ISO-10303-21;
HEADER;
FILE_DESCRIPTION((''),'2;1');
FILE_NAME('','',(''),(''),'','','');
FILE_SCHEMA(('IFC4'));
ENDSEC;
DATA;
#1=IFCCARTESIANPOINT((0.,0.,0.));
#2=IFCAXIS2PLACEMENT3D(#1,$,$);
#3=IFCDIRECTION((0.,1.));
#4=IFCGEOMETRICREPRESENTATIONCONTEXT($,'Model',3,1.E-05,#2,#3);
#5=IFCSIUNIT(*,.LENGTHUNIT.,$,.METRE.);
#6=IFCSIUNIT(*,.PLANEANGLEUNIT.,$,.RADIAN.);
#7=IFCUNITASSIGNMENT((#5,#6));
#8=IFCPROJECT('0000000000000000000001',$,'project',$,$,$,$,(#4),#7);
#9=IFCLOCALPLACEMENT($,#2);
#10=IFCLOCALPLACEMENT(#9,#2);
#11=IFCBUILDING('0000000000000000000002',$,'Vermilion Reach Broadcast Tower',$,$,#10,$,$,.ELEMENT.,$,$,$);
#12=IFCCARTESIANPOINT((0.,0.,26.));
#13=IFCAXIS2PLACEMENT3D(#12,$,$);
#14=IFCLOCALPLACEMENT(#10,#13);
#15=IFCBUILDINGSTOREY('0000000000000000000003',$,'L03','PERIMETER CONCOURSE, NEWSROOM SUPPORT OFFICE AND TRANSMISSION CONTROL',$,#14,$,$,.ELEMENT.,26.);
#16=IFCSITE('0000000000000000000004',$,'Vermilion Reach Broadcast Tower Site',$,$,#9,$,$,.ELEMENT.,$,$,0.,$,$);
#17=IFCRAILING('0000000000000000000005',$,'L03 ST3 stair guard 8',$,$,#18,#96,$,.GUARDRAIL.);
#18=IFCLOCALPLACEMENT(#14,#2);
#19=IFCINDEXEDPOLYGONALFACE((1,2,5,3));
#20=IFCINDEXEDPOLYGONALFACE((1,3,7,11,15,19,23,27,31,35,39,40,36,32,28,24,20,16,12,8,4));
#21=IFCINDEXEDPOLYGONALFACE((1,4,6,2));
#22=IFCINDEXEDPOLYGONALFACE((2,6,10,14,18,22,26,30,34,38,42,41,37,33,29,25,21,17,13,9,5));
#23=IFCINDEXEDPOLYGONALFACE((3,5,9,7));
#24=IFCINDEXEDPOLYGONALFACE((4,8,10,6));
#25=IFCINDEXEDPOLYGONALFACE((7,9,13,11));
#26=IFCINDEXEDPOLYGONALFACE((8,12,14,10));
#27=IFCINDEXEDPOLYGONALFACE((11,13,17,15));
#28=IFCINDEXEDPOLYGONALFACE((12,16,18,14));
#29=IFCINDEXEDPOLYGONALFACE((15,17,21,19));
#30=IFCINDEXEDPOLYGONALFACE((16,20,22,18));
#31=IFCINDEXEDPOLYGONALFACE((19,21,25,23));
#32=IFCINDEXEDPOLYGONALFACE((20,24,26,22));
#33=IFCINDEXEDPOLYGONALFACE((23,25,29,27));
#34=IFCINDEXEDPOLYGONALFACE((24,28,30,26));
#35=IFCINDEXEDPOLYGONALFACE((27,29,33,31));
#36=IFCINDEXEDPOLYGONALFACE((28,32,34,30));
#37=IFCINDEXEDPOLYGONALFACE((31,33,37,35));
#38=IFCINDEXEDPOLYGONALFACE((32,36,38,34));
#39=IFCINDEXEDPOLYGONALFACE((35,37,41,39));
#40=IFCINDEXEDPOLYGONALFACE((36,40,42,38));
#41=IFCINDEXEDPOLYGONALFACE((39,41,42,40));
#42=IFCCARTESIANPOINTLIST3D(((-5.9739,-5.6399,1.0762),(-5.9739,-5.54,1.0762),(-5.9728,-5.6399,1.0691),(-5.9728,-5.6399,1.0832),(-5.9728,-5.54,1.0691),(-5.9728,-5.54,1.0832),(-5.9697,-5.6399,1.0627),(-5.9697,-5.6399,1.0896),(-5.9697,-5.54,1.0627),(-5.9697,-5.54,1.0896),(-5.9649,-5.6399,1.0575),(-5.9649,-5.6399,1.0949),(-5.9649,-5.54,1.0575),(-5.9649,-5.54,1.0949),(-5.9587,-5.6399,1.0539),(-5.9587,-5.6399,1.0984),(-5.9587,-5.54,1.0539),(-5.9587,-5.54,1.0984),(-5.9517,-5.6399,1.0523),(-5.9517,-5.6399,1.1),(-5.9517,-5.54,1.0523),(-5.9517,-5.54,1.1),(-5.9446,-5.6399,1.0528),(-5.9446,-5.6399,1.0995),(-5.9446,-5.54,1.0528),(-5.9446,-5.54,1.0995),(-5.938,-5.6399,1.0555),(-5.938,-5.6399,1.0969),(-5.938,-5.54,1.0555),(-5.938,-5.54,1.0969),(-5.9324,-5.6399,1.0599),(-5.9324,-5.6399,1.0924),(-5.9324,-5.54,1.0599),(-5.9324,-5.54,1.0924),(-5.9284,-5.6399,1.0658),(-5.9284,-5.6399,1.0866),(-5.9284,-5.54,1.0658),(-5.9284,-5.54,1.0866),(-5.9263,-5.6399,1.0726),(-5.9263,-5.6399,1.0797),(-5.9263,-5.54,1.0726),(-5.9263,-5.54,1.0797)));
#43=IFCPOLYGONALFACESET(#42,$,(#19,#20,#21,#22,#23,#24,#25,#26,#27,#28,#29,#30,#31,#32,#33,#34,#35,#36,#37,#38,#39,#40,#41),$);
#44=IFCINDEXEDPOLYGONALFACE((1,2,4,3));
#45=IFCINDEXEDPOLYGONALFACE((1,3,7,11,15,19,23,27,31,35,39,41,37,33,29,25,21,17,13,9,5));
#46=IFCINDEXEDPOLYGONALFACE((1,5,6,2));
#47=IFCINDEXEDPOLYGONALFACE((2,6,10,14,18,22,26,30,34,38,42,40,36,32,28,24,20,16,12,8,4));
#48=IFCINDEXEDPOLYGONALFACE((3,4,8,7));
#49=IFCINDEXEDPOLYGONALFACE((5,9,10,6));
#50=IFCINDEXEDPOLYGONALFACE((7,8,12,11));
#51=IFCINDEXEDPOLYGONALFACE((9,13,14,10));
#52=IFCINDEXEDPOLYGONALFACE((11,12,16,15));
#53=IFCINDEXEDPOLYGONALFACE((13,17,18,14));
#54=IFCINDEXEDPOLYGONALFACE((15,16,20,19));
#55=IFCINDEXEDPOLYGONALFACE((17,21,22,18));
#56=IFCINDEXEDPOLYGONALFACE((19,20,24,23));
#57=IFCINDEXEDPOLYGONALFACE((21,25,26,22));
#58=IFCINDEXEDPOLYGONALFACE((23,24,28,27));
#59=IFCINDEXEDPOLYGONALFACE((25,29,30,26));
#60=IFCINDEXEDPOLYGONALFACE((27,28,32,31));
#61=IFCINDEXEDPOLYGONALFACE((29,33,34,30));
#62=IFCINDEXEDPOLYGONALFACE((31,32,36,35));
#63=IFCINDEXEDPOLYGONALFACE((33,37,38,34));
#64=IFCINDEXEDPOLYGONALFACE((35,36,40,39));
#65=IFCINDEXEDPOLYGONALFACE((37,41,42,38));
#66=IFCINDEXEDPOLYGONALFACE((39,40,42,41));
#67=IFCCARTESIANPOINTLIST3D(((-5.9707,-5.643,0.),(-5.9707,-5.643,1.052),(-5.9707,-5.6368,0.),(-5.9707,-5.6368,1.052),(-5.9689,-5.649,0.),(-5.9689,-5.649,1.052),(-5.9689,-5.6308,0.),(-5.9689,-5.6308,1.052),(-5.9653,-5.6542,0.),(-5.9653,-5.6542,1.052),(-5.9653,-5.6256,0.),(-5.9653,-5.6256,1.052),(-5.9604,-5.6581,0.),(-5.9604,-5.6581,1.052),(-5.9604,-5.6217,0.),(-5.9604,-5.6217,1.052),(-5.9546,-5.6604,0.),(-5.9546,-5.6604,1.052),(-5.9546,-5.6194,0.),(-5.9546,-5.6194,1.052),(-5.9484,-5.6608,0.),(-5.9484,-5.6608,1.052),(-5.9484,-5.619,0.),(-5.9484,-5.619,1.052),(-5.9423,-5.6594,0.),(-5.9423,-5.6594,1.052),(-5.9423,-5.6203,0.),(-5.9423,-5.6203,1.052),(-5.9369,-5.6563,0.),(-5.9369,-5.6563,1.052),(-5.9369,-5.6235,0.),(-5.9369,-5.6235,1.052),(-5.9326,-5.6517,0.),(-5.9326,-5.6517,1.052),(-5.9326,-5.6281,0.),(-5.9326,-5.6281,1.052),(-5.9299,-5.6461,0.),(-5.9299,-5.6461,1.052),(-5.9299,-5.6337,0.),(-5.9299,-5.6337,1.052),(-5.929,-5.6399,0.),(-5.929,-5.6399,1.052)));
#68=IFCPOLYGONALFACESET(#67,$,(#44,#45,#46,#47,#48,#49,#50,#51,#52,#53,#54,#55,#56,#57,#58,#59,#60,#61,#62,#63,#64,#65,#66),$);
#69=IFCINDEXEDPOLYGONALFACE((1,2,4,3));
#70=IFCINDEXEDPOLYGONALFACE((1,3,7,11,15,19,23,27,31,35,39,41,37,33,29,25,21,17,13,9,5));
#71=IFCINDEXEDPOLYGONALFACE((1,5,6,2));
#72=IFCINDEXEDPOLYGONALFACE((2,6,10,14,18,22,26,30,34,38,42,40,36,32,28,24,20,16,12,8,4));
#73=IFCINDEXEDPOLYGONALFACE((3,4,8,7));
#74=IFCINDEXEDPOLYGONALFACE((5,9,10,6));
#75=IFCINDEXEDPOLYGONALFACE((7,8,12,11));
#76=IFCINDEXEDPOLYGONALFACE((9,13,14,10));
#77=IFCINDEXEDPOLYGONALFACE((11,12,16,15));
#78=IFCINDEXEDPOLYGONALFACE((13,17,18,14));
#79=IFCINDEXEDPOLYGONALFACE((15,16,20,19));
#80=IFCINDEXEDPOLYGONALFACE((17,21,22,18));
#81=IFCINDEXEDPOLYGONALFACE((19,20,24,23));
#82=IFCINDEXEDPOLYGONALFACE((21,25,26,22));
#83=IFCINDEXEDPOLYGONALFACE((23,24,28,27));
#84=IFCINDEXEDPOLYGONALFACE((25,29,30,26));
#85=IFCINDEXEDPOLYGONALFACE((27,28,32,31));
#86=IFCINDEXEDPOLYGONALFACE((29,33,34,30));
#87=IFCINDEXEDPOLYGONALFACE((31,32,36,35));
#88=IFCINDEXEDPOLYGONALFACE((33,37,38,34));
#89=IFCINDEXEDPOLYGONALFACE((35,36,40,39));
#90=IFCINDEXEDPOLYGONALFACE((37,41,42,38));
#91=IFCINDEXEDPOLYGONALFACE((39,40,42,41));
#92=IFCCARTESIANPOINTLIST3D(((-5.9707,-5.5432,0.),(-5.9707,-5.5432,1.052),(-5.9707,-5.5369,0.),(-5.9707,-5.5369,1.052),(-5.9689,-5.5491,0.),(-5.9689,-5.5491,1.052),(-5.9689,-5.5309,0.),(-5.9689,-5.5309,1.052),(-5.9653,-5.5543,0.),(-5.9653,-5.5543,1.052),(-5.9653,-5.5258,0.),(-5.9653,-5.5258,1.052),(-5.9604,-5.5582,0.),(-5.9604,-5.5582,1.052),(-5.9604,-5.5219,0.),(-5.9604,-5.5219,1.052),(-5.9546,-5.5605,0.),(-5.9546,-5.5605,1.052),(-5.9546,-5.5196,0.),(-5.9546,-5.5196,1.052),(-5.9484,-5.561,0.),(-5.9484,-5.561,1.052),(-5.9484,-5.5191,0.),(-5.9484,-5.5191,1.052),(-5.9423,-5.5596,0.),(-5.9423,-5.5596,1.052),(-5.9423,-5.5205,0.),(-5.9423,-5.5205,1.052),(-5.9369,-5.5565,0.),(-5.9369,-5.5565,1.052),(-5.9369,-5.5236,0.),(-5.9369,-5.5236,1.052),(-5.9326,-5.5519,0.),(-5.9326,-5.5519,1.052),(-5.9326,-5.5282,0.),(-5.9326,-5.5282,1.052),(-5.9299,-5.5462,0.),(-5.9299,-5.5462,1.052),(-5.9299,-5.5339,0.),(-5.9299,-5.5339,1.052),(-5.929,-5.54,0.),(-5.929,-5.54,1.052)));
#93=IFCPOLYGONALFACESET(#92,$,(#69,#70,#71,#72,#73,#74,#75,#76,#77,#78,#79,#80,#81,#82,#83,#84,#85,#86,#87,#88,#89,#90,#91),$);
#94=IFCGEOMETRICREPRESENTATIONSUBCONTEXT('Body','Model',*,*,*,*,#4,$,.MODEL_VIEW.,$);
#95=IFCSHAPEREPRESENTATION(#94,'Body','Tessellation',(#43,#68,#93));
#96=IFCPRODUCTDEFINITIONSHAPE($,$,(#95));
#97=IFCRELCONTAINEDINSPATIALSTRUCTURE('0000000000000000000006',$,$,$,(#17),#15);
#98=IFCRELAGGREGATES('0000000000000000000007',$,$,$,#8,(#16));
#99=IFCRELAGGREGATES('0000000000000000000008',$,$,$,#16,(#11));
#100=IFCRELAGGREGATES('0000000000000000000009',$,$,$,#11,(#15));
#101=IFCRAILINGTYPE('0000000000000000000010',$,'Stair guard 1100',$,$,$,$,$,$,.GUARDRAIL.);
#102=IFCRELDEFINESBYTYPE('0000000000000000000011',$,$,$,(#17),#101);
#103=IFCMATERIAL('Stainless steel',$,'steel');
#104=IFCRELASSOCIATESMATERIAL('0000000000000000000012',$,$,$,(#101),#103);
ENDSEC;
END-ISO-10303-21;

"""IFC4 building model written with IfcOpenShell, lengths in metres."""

from ifc_helpers import new_model, si_unit, direction, frame, origin, origin_2d, place, context, subcontext, project, spatial, circle, extrude, material, type_object, element, save


model = new_model("IFC4")

# Units and contexts
model_context = context("Model", 3, precision=1e-05, world=origin(), true_north=direction((0.0, 1.0)))
body_context = subcontext(model_context, "Body", "Model", "MODEL_VIEW")
ifc_project = project(units=[si_unit("LENGTHUNIT", "METRE"), si_unit("PLANEANGLEUNIT", "RADIAN")], contexts=[model_context])

# Site, building, storey
site_placement = place(None, origin())
site = spatial("IfcSite", under=ifc_project, at=site_placement, Name="Vermilion Reach Broadcast Tower Site", CompositionType="ELEMENT", RefElevation=0.0)
building_placement = place(site_placement, origin())
building = spatial("IfcBuilding", under=site, at=building_placement, Name="Vermilion Reach Broadcast Tower", CompositionType="ELEMENT")
storey_placement = place(building_placement, frame((0.0, 0.0, 26.0)))
storey = spatial("IfcBuildingStorey", under=building, at=storey_placement, Name="L03", Description="PERIMETER CONCOURSE, NEWSROOM SUPPORT OFFICE AND TRANSMISSION CONTROL", CompositionType="ELEMENT", Elevation=26.0)

# Railing
ifc_material_1 = material(Name="Stainless steel", Category="steel")
railing_type_1 = type_object("IfcRailingType", Name="Stair guard 1100", PredefinedType="GUARDRAIL", material=ifc_material_1)
railing_1_placement = place(storey_placement, frame((-5.95, -5.6399, 0.0)))
element("IfcRailing", 1, at=railing_1_placement, inside=storey, type_object=railing_type_1, Name="L03 ST3 stair guard 8", PredefinedType="GUARDRAIL", context=body_context, shape_type="SweptSolid", body=[
    extrude(circle(Radius=0.0239, at=origin_2d()), frame((0.0, 0.0, 1.0762), z_axis=(0.0, 1.0, 0.0), x_axis=(-1.0, 0.0, 0.0)), (0.0, 0.0, 1.0), 0.0999),
    extrude(circle(Radius=0.021, at=origin_2d()), origin(), (0.0, 0.0, 1.0), 1.052),
    extrude(circle(Radius=0.021, at=origin_2d()), frame((0.0, 0.0999, 0.0)), (0.0, 0.0, 1.0), 1.052),
])

save(model, "model.ifc")
